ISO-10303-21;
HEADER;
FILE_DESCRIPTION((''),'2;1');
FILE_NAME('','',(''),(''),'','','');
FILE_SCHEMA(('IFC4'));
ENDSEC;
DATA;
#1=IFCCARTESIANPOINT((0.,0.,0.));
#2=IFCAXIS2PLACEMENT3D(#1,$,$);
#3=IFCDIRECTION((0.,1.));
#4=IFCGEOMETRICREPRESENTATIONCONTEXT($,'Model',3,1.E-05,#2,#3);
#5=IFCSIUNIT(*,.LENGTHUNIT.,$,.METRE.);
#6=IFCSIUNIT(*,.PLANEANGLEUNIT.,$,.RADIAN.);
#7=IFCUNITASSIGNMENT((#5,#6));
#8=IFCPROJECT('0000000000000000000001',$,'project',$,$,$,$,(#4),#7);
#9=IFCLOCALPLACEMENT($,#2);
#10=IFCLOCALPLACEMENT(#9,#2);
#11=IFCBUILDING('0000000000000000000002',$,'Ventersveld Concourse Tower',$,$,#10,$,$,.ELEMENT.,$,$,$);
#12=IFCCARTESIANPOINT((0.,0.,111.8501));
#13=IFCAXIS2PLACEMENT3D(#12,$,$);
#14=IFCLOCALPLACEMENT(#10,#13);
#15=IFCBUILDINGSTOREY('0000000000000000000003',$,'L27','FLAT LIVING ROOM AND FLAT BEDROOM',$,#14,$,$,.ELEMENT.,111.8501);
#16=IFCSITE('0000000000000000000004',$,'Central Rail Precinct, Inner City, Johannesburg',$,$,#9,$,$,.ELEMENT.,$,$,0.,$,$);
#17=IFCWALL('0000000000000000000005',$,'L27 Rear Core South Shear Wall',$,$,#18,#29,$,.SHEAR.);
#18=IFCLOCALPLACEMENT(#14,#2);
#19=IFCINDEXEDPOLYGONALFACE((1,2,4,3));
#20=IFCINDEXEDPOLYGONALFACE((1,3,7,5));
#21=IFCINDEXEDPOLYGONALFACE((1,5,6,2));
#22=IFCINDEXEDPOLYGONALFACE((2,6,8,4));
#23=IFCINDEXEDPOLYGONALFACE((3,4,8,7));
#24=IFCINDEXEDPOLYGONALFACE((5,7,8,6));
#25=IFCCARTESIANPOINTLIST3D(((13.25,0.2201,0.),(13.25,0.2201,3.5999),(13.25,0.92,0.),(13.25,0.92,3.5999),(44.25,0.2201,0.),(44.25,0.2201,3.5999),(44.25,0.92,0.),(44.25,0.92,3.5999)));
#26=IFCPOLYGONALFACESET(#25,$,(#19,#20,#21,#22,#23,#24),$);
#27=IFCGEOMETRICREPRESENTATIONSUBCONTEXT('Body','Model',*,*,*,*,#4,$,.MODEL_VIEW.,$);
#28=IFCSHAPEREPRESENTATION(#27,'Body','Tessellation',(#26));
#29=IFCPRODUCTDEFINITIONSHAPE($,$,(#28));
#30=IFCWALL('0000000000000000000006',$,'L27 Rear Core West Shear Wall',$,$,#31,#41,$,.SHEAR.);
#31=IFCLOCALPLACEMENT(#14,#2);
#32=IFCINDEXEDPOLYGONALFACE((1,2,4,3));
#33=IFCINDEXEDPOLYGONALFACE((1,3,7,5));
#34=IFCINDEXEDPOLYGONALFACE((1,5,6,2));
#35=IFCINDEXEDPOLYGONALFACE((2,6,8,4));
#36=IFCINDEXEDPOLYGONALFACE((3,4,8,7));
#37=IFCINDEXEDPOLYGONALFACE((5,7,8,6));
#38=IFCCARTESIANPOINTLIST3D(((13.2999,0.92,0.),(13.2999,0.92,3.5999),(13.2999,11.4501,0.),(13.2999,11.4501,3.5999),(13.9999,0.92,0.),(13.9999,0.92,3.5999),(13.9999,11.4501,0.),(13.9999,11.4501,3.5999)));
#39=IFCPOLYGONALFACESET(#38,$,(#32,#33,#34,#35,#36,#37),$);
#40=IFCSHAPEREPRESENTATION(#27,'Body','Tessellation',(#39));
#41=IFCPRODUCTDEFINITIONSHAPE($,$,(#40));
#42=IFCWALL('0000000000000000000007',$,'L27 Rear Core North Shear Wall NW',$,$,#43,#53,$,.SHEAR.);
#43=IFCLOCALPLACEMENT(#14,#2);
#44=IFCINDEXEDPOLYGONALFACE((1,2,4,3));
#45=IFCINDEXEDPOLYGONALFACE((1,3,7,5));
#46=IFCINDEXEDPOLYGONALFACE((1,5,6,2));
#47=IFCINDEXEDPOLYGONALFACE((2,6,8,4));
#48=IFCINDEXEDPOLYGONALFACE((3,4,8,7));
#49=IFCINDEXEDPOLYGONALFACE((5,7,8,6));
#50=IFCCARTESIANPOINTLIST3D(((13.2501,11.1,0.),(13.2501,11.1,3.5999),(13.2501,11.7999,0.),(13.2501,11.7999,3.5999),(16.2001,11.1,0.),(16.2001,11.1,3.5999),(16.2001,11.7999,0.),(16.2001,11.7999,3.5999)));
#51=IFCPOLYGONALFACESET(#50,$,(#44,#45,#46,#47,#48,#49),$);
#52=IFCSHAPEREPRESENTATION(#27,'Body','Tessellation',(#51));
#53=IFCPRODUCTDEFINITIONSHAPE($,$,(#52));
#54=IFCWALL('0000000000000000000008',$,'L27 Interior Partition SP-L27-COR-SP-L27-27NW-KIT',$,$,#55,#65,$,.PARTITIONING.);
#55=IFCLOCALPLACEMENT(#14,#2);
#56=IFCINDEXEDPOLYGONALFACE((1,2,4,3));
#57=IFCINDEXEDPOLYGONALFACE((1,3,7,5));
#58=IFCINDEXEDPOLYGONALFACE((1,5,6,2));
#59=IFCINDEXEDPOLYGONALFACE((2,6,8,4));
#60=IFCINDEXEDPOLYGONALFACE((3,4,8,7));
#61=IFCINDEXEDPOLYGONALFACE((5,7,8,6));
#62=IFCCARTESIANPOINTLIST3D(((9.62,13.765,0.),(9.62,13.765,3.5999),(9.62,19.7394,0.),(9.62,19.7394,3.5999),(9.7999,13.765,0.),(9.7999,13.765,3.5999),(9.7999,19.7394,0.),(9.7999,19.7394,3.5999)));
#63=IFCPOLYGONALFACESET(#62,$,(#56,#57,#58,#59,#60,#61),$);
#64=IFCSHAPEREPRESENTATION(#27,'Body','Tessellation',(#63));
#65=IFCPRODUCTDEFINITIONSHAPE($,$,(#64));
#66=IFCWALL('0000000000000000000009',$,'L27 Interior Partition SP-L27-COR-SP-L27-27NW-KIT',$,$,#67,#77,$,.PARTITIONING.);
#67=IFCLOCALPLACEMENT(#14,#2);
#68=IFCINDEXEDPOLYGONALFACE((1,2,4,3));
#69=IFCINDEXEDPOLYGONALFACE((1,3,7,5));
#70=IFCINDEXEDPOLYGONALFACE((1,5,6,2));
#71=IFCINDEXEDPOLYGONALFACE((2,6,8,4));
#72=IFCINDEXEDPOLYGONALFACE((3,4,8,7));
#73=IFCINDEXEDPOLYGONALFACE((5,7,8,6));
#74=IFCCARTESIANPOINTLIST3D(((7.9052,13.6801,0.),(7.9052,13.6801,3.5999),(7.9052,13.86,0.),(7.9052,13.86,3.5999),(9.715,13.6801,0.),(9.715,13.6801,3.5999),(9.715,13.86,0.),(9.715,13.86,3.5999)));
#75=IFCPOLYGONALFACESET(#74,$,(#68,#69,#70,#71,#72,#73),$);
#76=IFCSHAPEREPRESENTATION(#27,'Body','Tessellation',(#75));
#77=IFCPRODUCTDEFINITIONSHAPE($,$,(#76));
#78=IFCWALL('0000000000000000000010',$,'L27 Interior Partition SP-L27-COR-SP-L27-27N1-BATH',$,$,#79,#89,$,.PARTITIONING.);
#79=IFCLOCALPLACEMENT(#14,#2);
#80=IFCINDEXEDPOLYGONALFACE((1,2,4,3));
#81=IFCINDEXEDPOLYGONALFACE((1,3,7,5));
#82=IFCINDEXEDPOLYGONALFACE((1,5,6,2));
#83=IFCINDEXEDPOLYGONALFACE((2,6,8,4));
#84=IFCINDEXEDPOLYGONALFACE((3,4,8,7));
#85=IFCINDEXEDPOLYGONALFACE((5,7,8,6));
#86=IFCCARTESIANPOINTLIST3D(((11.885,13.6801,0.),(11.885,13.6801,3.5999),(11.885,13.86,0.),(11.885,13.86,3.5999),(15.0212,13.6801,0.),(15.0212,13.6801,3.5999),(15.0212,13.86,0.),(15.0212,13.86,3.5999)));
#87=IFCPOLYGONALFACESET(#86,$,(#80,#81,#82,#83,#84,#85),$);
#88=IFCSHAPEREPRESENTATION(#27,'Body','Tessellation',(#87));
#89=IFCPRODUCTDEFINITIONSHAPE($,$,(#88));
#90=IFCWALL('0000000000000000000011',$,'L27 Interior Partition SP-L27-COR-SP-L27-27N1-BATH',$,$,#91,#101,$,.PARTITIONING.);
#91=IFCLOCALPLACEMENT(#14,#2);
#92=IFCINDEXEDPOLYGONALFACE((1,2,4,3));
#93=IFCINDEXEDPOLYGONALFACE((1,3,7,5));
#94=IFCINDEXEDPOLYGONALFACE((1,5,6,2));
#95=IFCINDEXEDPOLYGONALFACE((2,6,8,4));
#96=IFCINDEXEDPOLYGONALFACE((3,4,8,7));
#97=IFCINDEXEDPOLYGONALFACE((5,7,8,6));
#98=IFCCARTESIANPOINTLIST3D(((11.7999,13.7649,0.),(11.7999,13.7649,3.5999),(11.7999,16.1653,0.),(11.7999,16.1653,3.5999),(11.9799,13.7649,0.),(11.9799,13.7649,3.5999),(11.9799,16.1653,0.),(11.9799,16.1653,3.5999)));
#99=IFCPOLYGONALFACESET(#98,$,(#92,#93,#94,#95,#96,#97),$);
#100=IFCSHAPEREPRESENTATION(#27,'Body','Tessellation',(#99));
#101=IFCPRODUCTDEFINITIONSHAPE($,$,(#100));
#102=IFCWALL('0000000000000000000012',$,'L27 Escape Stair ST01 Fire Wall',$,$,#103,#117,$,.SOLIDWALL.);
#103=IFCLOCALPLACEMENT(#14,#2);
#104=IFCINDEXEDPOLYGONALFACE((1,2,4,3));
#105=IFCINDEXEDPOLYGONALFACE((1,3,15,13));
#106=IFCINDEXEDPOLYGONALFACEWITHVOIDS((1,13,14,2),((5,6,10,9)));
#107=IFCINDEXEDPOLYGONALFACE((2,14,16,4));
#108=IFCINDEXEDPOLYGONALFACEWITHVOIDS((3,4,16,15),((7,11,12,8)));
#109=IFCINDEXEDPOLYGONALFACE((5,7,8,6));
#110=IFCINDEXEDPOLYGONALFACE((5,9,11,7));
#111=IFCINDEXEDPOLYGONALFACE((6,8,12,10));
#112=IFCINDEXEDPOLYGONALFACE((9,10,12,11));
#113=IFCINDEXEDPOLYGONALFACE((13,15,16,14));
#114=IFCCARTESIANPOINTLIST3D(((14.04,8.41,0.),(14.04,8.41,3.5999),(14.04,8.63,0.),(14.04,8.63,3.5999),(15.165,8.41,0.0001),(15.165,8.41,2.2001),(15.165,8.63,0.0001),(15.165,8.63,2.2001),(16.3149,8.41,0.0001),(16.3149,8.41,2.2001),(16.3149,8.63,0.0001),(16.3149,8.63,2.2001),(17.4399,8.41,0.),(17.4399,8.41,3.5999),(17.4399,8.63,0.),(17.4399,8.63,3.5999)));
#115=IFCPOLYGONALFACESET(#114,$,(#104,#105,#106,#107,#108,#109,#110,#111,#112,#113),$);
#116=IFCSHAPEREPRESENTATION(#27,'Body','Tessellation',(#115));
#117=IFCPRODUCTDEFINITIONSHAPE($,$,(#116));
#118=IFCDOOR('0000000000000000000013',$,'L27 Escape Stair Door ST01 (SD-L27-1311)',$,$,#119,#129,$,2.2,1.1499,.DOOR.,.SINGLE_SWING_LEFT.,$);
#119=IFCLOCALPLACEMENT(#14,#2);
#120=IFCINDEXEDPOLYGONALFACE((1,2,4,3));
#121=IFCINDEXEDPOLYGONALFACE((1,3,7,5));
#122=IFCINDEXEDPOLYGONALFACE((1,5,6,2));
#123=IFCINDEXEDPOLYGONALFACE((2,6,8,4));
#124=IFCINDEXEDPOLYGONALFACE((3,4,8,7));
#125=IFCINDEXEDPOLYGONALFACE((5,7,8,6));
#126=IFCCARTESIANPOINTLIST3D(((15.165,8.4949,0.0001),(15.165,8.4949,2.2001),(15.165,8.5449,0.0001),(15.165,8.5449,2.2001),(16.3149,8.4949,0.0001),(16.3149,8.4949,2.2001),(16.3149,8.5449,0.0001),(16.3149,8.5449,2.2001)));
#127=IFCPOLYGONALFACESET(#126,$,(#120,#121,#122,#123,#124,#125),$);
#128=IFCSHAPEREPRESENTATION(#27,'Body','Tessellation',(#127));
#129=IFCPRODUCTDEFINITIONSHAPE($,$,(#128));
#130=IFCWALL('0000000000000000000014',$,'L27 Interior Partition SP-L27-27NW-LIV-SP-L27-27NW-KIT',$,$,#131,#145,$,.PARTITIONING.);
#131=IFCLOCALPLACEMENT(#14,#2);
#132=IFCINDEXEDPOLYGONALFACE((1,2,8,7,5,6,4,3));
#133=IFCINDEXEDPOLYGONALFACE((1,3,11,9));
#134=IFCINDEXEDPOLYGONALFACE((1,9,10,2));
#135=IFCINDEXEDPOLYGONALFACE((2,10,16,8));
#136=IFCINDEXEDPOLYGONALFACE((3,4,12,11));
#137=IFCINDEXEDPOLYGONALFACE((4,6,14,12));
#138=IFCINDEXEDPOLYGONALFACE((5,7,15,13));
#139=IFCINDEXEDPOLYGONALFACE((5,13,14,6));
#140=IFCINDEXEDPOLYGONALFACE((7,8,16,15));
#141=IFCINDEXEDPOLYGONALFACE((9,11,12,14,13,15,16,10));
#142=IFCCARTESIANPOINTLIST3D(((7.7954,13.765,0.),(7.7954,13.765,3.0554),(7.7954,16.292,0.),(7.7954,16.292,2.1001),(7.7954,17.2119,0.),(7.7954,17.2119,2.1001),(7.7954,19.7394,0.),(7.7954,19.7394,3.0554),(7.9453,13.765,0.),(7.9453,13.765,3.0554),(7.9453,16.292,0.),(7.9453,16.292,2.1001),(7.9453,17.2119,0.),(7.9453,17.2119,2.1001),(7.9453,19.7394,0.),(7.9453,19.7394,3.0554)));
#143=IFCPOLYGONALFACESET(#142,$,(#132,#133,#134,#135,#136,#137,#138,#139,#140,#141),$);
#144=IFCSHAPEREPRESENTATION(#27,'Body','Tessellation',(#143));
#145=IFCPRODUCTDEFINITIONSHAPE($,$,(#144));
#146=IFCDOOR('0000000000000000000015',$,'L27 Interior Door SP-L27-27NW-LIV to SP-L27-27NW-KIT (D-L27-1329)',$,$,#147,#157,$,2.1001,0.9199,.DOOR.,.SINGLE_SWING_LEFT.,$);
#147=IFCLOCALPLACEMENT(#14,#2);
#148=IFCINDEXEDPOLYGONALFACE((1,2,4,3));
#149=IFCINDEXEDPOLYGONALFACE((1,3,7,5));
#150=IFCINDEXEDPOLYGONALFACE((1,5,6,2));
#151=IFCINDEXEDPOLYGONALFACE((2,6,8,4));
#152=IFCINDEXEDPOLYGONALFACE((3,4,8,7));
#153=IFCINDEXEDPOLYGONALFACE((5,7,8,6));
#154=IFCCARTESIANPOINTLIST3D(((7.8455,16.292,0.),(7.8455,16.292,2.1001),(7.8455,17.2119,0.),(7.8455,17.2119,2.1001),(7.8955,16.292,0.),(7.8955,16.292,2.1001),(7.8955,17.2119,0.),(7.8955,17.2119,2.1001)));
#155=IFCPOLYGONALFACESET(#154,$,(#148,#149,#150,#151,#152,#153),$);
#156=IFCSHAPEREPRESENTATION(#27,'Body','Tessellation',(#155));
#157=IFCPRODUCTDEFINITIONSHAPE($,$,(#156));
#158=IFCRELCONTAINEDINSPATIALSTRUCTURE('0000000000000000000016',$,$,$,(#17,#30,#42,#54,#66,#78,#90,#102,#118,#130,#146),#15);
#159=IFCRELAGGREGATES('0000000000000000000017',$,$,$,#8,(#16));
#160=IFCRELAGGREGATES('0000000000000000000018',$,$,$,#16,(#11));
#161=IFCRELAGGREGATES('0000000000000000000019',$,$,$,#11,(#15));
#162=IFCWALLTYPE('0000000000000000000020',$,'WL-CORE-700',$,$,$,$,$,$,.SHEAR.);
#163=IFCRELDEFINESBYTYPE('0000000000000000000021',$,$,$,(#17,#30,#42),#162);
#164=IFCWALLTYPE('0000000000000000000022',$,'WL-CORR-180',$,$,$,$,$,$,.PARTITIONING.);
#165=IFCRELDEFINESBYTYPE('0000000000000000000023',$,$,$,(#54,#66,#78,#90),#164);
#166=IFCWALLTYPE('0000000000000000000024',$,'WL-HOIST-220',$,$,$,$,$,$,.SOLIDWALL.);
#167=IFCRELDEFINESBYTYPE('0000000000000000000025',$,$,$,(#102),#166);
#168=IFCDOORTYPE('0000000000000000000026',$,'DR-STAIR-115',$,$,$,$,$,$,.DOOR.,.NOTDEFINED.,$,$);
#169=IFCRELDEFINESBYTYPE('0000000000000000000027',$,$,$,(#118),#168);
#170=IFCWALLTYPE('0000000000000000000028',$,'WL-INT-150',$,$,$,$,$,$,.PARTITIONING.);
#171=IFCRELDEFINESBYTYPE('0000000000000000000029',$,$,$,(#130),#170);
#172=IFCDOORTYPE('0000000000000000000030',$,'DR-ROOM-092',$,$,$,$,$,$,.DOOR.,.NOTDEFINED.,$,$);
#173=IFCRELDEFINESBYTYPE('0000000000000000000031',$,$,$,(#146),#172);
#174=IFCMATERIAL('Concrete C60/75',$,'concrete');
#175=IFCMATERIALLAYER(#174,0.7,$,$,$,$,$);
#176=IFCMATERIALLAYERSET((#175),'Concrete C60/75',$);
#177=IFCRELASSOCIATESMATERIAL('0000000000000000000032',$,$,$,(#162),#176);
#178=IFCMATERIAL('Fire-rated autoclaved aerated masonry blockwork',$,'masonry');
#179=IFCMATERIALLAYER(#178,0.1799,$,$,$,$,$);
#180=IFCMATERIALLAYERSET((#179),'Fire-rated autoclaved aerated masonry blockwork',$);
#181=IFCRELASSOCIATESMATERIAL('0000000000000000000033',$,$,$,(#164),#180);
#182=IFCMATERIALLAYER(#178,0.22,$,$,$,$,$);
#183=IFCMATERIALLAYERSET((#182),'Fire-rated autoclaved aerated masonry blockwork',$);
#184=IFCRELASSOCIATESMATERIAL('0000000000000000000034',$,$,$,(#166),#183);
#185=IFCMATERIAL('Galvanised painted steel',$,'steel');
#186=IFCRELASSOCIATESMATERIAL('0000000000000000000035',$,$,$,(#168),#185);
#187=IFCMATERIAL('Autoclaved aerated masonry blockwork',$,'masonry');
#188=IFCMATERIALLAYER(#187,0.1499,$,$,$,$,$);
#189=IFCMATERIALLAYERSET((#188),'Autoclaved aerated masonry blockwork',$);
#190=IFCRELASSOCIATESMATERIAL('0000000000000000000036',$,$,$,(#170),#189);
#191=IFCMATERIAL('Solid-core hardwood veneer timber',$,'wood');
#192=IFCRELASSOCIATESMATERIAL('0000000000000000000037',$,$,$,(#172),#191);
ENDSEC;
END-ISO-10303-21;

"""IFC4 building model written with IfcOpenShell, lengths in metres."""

from ifc_helpers import new_model, si_unit, direction, frame, frame_2d, origin, place, context, subcontext, project, spatial, rectangle, extrude, material, layer, layer_set, type_object, element, fill, save


model = new_model("IFC4")

# Units and contexts
model_context = context("Model", 3, precision=1e-05, world=origin(), true_north=direction((0.0, 1.0)))
body_context = subcontext(model_context, "Body", "Model", "MODEL_VIEW")
ifc_project = project(units=[si_unit("LENGTHUNIT", "METRE"), si_unit("PLANEANGLEUNIT", "RADIAN")], contexts=[model_context])

# Site, building, storey
site_placement = place(None, origin())
site = spatial("IfcSite", under=ifc_project, at=site_placement, Name="Central Rail Precinct, Inner City, Johannesburg", CompositionType="ELEMENT", RefElevation=0.0)
building_placement = place(site_placement, origin())
building = spatial("IfcBuilding", under=site, at=building_placement, Name="Ventersveld Concourse Tower", CompositionType="ELEMENT")
storey_placement = place(building_placement, frame((0.0, 0.0, 111.8501)))
storey = spatial("IfcBuildingStorey", under=building, at=storey_placement, Name="L27", Description="FLAT LIVING ROOM AND FLAT BEDROOM", CompositionType="ELEMENT", Elevation=111.8501)

# Walls
ifc_material_1 = material(Name="Concrete C60/75", Category="concrete")
ifc_layer_1 = layer(ifc_material_1, 0.7)
ifc_layer_set_1 = layer_set([ifc_layer_1], Name="Concrete C60/75")
wall_type_1 = type_object("IfcWallType", Name="WL-CORE-700", PredefinedType="SHEAR", material=ifc_layer_set_1)
wall_1_placement = place(storey_placement, frame((13.25, 0.5701, 0.0), z_axis=(0.0, 0.0, 1.0), x_axis=(1.0, 0.0, 0.0)))
element("IfcWall", 1, at=wall_1_placement, inside=storey, type_object=wall_type_1, Name="L27 Rear Core South Shear Wall", PredefinedType="SHEAR", context=body_context, shape_type="SweptSolid", body=[
    extrude(rectangle(XDim=31.0, YDim=0.7, at=frame_2d((15.5, 0.0))), origin(), (0.0, 0.0, 1.0), 3.5999),
])
wall_2_placement = place(storey_placement, frame((13.6499, 0.9199, 0.0), z_axis=(0.0, 0.0, 1.0), x_axis=(0.0, 1.0, 0.0)))
element("IfcWall", 2, at=wall_2_placement, inside=storey, type_object=wall_type_1, Name="L27 Rear Core West Shear Wall", PredefinedType="SHEAR", context=body_context, shape_type="SweptSolid", body=[
    extrude(rectangle(XDim=10.53, YDim=0.7, at=frame_2d((5.2651, 0.0))), origin(), (0.0, 0.0, 1.0), 3.5999),
])
wall_3_placement = place(storey_placement, frame((13.25, 11.45, 0.0), z_axis=(0.0, 0.0, 1.0), x_axis=(1.0, 0.0, 0.0)))
element("IfcWall", 3, at=wall_3_placement, inside=storey, type_object=wall_type_1, Name="L27 Rear Core North Shear Wall NW", PredefinedType="SHEAR", context=body_context, shape_type="SweptSolid", body=[
    extrude(rectangle(XDim=2.95, YDim=0.7, at=frame_2d((1.4751, 0.0))), origin(), (0.0, 0.0, 1.0), 3.5999),
])
ifc_material_2 = material(Name="Fire-rated autoclaved aerated masonry blockwork", Category="masonry")
ifc_layer_2 = layer(ifc_material_2, 0.1799)
ifc_layer_set_2 = layer_set([ifc_layer_2], Name="Fire-rated autoclaved aerated masonry blockwork")
wall_type_2 = type_object("IfcWallType", Name="WL-CORR-180", PredefinedType="PARTITIONING", material=ifc_layer_set_2)
wall_4_placement = place(storey_placement, frame((9.71, 13.7649, 0.0), z_axis=(0.0, 0.0, 1.0), x_axis=(0.0, 1.0, 0.0)))
element("IfcWall", 4, at=wall_4_placement, inside=storey, type_object=wall_type_2, Name="L27 Interior Partition SP-L27-COR-SP-L27-27NW-KIT", PredefinedType="PARTITIONING", context=body_context, shape_type="SweptSolid", body=[
    extrude(rectangle(XDim=5.9744, YDim=0.1799, at=frame_2d((2.9873, 0.0))), origin(), (0.0, 0.0, 1.0), 3.5999),
])
wall_5_placement = place(storey_placement, frame((7.9053, 13.77, 0.0), z_axis=(0.0, 0.0, 1.0), x_axis=(1.0, 0.0, 0.0)))
element("IfcWall", 5, at=wall_5_placement, inside=storey, type_object=wall_type_2, Name="L27 Interior Partition SP-L27-COR-SP-L27-27NW-KIT", PredefinedType="PARTITIONING", context=body_context, shape_type="SweptSolid", body=[
    extrude(rectangle(XDim=1.8098, YDim=0.1799, at=frame_2d((0.9048, 0.0))), origin(), (0.0, 0.0, 1.0), 3.5999),
])
wall_6_placement = place(storey_placement, frame((11.885, 13.77, 0.0), z_axis=(0.0, 0.0, 1.0), x_axis=(1.0, 0.0, 0.0)))
element("IfcWall", 6, at=wall_6_placement, inside=storey, type_object=wall_type_2, Name="L27 Interior Partition SP-L27-COR-SP-L27-27N1-BATH", PredefinedType="PARTITIONING", context=body_context, shape_type="SweptSolid", body=[
    extrude(rectangle(XDim=3.1362, YDim=0.1799, at=frame_2d((1.5681, 0.0))), origin(), (0.0, 0.0, 1.0), 3.5999),
])
wall_7_placement = place(storey_placement, frame((11.8899, 13.7649, 0.0), z_axis=(0.0, 0.0, 1.0), x_axis=(0.0, 1.0, 0.0)))
element("IfcWall", 7, at=wall_7_placement, inside=storey, type_object=wall_type_2, Name="L27 Interior Partition SP-L27-COR-SP-L27-27N1-BATH", PredefinedType="PARTITIONING", context=body_context, shape_type="SweptSolid", body=[
    extrude(rectangle(XDim=2.4004, YDim=0.1799, at=frame_2d((1.2002, 0.0))), origin(), (0.0, 0.0, 1.0), 3.5999),
])

# Walls, openings, doors
ifc_layer_3 = layer(ifc_material_2, 0.22)
ifc_layer_set_3 = layer_set([ifc_layer_3], Name="Fire-rated autoclaved aerated masonry blockwork")
wall_type_3 = type_object("IfcWallType", Name="WL-HOIST-220", PredefinedType="SOLIDWALL", material=ifc_layer_set_3)
wall_8_placement = place(storey_placement, frame((14.04, 8.52, 0.0), z_axis=(0.0, 0.0, 1.0), x_axis=(1.0, 0.0, 0.0)))
wall_8 = element("IfcWall", 8, at=wall_8_placement, inside=storey, type_object=wall_type_3, Name="L27 Escape Stair ST01 Fire Wall", PredefinedType="SOLIDWALL", context=body_context, shape_type="SweptSolid", body=[
    extrude(rectangle(XDim=3.3999, YDim=0.22, at=frame_2d((1.7, 0.0))), origin(), (0.0, 0.0, 1.0), 3.5999),
])
opening_1_placement = place(wall_8_placement, frame((1.125, 0.0, 0.0)))
opening_1 = element("IfcOpeningElement", 9, at=opening_1_placement, cuts=wall_8, PredefinedType="OPENING", context=body_context, shape_type="SweptSolid", body=[
    extrude(rectangle(XDim=1.1499, YDim=2.2, at=frame_2d((0.575, 1.1001))), frame((0.0, 0.1201, 0.0), z_axis=(0.0, -1.0, 0.0), x_axis=(1.0, 0.0, 0.0)), (0.0, 0.0, 1.0), 0.24),
])
ifc_material_3 = material(Name="Galvanised painted steel", Category="steel")
door_type_1 = type_object("IfcDoorType", Name="DR-STAIR-115", OperationType="NOTDEFINED", PredefinedType="DOOR", material=ifc_material_3)
door_1_placement = place(opening_1_placement, origin())
door_1 = element("IfcDoor", 10, at=door_1_placement, inside=storey, type_object=door_type_1, Name="L27 Escape Stair Door ST01 (SD-L27-1311)", OperationType="SINGLE_SWING_LEFT", OverallHeight=2.2, OverallWidth=1.1499, PredefinedType="DOOR", context=body_context, shape_type="SweptSolid", body=[
    extrude(rectangle(XDim=1.1499, YDim=2.2, at=frame_2d((0.575, 1.1001))), frame((0.0, 0.0249, 0.0), z_axis=(0.0, -1.0, 0.0), x_axis=(1.0, 0.0, 0.0)), (0.0, 0.0, 1.0), 0.05),
])
fill(opening_1, door_1)
ifc_material_4 = material(Name="Autoclaved aerated masonry blockwork", Category="masonry")
ifc_layer_4 = layer(ifc_material_4, 0.1499)
ifc_layer_set_4 = layer_set([ifc_layer_4], Name="Autoclaved aerated masonry blockwork")
wall_type_4 = type_object("IfcWallType", Name="WL-INT-150", PredefinedType="PARTITIONING", material=ifc_layer_set_4)
wall_9_placement = place(storey_placement, frame((7.8704, 13.7649, 0.0), z_axis=(0.0, 0.0, 1.0), x_axis=(0.0, 1.0, 0.0)))
wall_9 = element("IfcWall", 11, at=wall_9_placement, inside=storey, type_object=wall_type_4, Name="L27 Interior Partition SP-L27-27NW-LIV-SP-L27-27NW-KIT", PredefinedType="PARTITIONING", context=body_context, shape_type="SweptSolid", body=[
    extrude(rectangle(XDim=5.9744, YDim=0.1499, at=frame_2d((2.9873, 0.0))), origin(), (0.0, 0.0, 1.0), 3.0554),
])
opening_2_placement = place(wall_9_placement, frame((2.5271, 0.0, 0.0)))
opening_2 = element("IfcOpeningElement", 12, at=opening_2_placement, cuts=wall_9, PredefinedType="OPENING", context=body_context, shape_type="SweptSolid", body=[
    extrude(rectangle(XDim=0.9199, YDim=2.1001, at=frame_2d((0.46, 1.05))), frame((0.0, 0.085, 0.0), z_axis=(0.0, -1.0, 0.0), x_axis=(1.0, 0.0, 0.0)), (0.0, 0.0, 1.0), 0.1699),
])
ifc_material_5 = material(Name="Solid-core hardwood veneer timber", Category="wood")
door_type_2 = type_object("IfcDoorType", Name="DR-ROOM-092", OperationType="NOTDEFINED", PredefinedType="DOOR", material=ifc_material_5)
door_2_placement = place(opening_2_placement, origin())
door_2 = element("IfcDoor", 13, at=door_2_placement, inside=storey, type_object=door_type_2, Name="L27 Interior Door SP-L27-27NW-LIV to SP-L27-27NW-KIT (D-L27-1329)", OperationType="SINGLE_SWING_LEFT", OverallHeight=2.1001, OverallWidth=0.9199, PredefinedType="DOOR", context=body_context, shape_type="SweptSolid", body=[
    extrude(rectangle(XDim=0.9199, YDim=2.1001, at=frame_2d((0.46, 1.05))), frame((0.0, 0.0249, 0.0), z_axis=(0.0, -1.0, 0.0), x_axis=(1.0, 0.0, 0.0)), (0.0, 0.0, 1.0), 0.05),
])
fill(opening_2, door_2)

save(model, "model.ifc")
